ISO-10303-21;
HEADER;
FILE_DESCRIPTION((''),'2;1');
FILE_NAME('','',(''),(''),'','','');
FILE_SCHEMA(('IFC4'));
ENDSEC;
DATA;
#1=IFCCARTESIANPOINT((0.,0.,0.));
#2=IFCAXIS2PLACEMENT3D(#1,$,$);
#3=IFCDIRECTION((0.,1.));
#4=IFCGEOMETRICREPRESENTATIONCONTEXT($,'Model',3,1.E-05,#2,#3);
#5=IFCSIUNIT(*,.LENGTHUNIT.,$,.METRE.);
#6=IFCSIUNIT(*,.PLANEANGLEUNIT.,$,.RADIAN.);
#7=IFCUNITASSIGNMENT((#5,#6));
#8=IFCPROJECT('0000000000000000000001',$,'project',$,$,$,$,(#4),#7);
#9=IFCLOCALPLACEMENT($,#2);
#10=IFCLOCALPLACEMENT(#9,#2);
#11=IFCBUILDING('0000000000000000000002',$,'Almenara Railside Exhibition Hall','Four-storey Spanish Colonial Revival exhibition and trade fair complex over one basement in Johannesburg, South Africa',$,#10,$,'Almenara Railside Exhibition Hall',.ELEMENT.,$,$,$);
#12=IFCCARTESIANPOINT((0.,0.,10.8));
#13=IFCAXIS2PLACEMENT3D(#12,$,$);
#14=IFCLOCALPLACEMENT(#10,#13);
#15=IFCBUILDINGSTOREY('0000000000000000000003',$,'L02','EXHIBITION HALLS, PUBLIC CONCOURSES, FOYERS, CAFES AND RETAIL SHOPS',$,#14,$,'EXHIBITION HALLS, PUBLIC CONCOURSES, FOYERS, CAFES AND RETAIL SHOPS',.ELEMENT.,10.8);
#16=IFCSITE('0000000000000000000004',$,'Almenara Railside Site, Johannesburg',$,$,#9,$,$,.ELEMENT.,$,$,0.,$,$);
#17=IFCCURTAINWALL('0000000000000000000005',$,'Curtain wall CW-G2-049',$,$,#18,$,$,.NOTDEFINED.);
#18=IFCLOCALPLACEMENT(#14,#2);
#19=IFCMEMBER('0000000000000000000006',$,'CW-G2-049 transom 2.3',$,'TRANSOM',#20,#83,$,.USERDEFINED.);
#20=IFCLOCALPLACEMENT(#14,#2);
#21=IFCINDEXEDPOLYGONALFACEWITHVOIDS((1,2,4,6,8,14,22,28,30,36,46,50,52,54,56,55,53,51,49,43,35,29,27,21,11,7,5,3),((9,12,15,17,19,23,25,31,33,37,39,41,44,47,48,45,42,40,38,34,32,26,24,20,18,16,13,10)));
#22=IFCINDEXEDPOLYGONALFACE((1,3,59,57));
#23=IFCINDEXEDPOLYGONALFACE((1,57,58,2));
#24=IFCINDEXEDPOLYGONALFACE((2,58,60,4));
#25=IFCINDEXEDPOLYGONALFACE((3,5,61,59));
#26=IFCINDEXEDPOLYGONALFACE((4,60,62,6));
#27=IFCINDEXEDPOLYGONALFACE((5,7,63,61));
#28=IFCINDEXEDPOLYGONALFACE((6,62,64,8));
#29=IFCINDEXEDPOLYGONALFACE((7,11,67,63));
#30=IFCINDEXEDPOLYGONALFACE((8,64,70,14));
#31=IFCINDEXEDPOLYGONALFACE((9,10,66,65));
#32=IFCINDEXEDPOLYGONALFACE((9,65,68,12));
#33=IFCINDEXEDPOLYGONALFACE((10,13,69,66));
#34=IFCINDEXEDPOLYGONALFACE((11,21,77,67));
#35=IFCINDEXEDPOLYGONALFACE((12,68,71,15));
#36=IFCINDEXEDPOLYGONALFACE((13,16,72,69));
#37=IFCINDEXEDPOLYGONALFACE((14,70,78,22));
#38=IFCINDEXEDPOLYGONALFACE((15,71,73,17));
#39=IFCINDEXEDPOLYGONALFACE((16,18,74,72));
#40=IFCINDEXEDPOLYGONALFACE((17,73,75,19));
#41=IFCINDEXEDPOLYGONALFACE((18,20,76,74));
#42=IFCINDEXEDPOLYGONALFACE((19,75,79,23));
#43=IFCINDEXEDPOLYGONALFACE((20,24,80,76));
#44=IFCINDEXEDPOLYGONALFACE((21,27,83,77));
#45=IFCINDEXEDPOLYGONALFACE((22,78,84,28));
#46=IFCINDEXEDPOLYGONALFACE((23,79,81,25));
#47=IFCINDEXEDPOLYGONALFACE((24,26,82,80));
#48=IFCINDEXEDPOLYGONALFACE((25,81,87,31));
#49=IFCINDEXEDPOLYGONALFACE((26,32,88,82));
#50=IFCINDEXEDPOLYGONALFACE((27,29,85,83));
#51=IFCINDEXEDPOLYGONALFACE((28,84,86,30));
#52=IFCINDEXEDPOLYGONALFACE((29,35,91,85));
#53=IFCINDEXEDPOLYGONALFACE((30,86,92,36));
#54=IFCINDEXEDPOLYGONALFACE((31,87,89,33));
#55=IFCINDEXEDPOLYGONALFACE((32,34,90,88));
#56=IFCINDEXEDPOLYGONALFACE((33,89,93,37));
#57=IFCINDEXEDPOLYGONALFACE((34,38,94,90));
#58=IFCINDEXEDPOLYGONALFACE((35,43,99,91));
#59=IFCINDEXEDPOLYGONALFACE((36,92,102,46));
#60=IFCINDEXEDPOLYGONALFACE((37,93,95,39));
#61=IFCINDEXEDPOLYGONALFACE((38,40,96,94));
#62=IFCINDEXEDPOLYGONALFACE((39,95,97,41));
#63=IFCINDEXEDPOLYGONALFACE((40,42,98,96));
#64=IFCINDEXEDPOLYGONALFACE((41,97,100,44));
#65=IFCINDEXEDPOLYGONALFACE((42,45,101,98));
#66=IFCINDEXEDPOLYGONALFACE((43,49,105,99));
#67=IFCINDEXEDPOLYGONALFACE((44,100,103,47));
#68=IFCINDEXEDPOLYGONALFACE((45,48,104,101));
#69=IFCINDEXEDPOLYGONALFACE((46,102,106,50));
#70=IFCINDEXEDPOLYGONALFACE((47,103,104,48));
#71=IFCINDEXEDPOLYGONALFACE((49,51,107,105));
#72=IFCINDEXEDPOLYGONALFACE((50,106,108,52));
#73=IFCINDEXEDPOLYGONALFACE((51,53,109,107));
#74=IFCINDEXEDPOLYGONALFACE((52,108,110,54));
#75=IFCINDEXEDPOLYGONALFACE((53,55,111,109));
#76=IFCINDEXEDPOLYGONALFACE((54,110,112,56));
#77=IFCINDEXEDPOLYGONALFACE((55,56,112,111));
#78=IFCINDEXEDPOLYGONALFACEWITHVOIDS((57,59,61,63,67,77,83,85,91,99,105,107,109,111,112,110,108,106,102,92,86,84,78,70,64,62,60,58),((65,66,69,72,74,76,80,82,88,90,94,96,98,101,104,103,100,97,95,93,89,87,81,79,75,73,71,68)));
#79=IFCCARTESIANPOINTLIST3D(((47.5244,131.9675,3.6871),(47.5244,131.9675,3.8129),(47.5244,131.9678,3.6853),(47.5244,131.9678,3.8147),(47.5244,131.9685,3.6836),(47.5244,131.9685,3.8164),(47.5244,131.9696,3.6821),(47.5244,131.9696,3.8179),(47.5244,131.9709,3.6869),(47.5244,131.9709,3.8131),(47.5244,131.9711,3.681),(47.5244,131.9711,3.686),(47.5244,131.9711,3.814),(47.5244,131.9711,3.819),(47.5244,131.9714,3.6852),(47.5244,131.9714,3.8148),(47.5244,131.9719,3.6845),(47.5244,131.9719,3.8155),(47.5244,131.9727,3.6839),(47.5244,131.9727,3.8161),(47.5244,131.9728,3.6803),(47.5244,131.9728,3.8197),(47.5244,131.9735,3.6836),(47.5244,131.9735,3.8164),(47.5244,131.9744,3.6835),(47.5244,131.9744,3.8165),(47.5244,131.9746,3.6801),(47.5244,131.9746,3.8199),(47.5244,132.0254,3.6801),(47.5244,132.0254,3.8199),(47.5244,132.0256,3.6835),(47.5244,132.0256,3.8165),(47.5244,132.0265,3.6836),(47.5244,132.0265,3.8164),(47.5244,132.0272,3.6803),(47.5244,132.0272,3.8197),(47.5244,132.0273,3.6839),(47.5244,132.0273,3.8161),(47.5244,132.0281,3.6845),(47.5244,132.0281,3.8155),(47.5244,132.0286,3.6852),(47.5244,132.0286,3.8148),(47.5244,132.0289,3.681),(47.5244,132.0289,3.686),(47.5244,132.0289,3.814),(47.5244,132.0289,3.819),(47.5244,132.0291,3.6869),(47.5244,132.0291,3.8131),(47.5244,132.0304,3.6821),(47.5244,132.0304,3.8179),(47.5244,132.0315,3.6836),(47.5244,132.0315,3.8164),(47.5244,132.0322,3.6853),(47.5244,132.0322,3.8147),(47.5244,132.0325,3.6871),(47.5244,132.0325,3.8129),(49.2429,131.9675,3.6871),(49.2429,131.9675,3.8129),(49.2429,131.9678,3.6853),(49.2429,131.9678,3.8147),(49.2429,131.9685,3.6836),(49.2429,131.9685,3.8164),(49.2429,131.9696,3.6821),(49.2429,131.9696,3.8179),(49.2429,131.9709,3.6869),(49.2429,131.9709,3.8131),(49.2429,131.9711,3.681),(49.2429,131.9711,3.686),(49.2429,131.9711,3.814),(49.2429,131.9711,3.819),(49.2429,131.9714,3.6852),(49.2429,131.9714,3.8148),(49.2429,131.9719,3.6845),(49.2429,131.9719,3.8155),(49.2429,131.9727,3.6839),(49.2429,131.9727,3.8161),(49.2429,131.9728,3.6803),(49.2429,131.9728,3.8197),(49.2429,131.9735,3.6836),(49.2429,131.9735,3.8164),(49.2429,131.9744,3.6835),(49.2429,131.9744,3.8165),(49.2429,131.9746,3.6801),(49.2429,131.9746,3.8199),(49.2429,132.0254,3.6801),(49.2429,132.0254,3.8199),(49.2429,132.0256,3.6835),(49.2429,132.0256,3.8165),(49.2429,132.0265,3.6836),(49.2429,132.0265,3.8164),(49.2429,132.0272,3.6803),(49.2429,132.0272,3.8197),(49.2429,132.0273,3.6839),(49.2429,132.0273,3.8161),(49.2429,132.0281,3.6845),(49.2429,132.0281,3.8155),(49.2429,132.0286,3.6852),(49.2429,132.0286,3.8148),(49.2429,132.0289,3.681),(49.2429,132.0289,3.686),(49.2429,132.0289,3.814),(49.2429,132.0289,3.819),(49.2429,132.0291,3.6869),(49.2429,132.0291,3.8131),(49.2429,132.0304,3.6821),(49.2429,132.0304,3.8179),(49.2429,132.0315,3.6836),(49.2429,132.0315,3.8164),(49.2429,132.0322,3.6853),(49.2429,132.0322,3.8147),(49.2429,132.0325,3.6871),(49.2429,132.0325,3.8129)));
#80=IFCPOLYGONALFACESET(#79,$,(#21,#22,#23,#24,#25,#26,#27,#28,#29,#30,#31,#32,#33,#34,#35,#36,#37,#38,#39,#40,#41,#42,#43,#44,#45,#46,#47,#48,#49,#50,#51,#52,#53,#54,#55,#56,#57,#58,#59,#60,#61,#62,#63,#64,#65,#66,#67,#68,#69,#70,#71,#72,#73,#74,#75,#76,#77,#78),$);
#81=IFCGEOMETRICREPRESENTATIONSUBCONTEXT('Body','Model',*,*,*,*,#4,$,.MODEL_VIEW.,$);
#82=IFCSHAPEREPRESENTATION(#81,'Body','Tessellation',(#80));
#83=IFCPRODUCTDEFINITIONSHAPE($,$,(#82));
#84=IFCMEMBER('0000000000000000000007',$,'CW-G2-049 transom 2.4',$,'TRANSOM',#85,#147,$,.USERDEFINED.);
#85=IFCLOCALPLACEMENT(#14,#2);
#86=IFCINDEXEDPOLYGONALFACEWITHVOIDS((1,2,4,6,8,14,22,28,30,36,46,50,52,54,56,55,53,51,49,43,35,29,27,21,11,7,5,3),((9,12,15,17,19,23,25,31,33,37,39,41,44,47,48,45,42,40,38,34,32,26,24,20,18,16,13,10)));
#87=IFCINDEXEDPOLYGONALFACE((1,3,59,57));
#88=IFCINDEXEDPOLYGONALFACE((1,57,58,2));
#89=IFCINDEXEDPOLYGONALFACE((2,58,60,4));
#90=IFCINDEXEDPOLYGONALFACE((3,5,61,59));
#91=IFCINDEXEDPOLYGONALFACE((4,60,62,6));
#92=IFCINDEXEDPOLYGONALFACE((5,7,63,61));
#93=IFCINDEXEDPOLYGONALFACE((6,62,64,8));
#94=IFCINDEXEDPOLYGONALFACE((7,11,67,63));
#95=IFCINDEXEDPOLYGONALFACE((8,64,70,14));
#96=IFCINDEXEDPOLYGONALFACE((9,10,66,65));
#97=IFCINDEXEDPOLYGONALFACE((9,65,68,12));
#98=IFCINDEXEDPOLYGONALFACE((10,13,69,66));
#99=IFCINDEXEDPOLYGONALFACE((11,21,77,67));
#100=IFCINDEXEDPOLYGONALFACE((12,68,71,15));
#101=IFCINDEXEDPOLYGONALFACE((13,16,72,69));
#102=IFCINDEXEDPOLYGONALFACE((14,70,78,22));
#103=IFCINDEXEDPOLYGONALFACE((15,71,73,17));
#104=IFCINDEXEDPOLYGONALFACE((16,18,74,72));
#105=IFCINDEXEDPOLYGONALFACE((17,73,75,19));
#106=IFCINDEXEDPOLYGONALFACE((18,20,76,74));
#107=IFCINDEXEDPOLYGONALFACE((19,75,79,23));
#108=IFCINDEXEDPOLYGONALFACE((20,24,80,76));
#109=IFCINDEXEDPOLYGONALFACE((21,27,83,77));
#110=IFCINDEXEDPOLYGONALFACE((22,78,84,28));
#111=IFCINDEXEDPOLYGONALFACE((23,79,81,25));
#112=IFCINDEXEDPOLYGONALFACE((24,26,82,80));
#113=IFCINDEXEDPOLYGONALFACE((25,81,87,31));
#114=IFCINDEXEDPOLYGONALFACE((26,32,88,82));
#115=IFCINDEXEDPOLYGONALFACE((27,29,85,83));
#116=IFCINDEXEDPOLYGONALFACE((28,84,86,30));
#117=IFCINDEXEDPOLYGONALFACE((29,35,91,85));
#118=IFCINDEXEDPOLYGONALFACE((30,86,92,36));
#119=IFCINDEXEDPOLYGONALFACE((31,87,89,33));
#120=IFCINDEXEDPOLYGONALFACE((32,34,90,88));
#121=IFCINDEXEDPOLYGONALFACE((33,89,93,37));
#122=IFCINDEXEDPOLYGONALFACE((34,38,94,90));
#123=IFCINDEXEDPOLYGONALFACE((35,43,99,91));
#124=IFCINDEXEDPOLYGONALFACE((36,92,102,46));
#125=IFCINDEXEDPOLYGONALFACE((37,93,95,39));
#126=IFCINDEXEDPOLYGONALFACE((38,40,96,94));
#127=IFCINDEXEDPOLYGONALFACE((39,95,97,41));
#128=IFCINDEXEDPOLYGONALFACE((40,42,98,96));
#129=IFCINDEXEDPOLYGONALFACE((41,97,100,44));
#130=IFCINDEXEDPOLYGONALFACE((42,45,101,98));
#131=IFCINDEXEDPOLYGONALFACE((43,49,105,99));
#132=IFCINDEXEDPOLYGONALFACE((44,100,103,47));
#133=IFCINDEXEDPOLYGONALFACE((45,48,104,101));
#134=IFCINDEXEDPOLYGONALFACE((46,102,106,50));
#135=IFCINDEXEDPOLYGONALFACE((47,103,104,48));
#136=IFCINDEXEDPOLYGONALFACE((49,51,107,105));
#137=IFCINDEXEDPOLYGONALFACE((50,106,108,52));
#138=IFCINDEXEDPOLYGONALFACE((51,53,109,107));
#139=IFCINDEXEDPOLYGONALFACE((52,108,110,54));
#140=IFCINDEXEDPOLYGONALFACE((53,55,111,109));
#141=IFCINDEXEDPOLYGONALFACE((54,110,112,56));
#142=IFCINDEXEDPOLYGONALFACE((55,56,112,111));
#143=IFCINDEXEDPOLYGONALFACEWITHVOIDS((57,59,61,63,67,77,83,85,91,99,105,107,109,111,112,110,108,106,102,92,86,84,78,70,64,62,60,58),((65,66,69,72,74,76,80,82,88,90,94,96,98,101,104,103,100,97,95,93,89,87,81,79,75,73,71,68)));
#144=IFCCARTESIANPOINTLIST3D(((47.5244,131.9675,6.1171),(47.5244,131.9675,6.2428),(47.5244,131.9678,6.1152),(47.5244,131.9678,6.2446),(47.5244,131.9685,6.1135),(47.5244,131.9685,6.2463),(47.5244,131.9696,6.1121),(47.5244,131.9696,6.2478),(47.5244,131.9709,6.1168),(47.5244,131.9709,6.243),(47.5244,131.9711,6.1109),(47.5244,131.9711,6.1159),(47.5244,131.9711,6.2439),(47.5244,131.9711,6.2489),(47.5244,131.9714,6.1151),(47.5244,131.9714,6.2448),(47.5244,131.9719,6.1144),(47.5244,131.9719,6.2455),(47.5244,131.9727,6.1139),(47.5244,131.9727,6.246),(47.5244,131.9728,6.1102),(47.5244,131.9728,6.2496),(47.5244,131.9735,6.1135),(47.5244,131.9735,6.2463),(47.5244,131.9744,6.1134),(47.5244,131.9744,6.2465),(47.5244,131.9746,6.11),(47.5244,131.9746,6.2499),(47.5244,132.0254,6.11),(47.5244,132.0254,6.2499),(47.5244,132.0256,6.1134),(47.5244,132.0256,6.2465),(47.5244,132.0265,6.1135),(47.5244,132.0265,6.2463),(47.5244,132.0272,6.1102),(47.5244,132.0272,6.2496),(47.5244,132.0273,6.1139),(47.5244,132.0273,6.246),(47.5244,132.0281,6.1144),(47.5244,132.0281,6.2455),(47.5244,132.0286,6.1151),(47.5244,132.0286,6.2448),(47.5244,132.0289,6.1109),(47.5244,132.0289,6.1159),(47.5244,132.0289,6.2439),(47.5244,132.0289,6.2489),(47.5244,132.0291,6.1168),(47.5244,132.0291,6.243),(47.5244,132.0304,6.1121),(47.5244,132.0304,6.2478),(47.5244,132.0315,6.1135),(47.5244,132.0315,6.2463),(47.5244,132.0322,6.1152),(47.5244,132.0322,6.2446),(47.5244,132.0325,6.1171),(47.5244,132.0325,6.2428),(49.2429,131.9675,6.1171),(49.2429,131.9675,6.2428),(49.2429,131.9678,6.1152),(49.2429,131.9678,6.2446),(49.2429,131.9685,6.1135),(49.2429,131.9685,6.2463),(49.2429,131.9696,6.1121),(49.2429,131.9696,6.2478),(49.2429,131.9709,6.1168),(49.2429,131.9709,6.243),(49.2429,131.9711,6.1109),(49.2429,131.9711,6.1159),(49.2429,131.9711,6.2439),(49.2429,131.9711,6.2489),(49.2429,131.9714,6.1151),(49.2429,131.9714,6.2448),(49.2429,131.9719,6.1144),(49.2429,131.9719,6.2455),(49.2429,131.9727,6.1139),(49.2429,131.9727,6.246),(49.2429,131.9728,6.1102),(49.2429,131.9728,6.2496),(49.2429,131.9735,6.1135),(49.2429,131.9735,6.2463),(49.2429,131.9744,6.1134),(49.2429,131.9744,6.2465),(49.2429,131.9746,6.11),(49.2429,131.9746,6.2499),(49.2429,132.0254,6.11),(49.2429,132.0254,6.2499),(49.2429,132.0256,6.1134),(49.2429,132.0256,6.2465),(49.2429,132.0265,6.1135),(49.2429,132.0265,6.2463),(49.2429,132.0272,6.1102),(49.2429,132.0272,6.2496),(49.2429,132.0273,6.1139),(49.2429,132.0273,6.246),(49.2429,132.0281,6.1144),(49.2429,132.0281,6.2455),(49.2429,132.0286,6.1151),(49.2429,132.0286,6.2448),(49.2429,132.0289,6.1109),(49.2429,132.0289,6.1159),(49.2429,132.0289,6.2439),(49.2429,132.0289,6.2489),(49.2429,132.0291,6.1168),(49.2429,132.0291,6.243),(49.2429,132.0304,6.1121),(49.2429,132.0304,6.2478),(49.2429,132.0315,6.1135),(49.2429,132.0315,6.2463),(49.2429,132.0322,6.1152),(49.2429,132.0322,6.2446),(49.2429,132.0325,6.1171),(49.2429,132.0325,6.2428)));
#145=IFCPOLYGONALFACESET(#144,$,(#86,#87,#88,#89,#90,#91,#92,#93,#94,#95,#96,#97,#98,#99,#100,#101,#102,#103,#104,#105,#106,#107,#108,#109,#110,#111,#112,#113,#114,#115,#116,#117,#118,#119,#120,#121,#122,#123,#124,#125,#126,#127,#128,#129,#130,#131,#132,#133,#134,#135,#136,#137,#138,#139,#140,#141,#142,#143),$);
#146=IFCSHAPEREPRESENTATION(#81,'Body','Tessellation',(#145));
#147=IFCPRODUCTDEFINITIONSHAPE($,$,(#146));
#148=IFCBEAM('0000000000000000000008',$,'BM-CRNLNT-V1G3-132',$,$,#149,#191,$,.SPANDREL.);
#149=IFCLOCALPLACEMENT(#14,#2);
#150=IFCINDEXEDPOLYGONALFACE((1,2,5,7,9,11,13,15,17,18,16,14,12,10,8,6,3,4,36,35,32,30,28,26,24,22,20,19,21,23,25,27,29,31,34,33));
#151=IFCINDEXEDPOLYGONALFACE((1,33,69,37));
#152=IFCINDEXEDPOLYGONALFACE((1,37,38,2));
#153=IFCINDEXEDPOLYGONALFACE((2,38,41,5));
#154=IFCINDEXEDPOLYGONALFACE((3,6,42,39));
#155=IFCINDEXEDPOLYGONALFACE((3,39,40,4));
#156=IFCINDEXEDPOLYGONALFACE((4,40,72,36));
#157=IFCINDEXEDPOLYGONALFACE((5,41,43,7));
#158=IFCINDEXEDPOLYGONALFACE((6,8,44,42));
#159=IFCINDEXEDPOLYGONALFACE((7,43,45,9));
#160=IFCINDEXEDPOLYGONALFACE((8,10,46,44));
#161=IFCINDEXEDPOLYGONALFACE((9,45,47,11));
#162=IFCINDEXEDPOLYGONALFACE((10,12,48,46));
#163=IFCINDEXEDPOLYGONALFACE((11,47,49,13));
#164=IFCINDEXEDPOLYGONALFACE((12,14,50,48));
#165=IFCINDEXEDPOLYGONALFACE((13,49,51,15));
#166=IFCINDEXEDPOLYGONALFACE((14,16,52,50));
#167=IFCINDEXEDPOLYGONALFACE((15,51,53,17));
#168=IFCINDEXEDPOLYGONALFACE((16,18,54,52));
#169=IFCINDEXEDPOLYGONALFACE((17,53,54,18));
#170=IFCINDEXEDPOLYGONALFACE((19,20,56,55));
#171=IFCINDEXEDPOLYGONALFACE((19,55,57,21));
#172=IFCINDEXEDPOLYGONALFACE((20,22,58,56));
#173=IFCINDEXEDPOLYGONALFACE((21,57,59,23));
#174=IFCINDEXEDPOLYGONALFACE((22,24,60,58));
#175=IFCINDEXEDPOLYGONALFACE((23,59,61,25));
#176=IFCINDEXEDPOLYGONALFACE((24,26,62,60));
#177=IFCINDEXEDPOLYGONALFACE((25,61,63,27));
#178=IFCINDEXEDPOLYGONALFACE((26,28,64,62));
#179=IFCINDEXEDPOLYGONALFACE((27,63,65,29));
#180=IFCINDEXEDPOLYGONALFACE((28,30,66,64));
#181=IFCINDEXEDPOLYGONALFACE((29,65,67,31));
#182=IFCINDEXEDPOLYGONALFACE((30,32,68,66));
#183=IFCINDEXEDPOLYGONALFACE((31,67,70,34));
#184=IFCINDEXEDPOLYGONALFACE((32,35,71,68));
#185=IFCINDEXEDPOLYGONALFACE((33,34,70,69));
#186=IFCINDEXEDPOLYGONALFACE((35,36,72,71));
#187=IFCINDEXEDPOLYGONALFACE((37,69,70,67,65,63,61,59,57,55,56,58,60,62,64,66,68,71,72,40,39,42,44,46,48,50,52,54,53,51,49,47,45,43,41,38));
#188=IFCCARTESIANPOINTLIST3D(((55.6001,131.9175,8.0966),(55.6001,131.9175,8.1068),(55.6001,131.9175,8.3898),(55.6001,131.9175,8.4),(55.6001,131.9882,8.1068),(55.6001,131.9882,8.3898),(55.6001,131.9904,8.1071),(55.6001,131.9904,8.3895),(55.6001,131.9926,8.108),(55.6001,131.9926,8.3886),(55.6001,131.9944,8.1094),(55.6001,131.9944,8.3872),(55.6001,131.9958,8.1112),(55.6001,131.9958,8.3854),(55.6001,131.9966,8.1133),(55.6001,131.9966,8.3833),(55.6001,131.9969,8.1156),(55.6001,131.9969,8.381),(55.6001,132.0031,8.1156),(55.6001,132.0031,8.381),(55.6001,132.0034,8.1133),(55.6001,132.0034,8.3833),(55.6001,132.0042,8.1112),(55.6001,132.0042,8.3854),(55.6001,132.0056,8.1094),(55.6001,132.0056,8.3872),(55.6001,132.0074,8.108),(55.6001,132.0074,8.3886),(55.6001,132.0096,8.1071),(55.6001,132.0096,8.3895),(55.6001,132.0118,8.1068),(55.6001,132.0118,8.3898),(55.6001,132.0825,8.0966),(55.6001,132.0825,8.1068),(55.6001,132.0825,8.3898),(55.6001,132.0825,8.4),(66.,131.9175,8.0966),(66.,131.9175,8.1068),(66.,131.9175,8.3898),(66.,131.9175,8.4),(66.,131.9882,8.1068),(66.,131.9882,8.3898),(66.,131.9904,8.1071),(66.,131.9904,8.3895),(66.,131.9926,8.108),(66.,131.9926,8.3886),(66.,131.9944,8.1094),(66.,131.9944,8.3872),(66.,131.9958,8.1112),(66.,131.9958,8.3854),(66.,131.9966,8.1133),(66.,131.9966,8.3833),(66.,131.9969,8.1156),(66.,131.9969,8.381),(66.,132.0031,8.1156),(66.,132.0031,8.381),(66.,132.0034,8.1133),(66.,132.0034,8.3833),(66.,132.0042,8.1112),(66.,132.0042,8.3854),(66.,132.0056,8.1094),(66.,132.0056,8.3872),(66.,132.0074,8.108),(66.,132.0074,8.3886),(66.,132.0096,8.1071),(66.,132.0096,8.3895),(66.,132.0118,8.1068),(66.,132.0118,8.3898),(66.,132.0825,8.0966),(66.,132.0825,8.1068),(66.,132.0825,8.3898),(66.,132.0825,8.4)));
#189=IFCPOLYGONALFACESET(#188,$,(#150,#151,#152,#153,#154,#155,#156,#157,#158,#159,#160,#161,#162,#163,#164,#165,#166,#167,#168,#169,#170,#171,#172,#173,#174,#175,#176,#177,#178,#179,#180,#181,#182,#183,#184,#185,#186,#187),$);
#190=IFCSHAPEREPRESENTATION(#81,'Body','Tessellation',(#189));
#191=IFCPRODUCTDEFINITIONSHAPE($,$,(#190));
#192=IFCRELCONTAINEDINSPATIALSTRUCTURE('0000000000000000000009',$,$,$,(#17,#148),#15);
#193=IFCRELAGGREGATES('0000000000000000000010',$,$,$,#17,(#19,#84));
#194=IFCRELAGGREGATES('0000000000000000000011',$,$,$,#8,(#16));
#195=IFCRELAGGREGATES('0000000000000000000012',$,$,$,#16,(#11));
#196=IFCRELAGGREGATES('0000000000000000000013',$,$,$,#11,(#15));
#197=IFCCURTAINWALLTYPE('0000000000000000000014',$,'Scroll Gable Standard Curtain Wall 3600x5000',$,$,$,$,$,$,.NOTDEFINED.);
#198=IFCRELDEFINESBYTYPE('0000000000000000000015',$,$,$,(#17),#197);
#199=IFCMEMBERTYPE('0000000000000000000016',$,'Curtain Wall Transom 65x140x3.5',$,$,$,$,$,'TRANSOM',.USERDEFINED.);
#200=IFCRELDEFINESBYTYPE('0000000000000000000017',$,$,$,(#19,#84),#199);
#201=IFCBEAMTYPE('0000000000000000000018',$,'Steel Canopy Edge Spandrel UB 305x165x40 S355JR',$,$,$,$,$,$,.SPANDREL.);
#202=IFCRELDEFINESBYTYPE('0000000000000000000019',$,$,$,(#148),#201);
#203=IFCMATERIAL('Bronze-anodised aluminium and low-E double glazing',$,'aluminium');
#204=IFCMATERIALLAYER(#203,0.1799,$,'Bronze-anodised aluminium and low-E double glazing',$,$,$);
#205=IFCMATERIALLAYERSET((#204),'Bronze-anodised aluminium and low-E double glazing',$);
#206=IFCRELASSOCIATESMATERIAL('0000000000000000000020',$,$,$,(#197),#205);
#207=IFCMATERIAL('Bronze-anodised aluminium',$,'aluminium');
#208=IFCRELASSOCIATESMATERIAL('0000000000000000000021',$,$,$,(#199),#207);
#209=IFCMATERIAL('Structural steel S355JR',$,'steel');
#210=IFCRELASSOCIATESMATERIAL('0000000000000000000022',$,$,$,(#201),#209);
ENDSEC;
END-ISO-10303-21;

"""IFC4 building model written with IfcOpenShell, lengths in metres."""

from ifc_helpers import new_model, si_unit, direction, frame, origin, origin_2d, place, context, subcontext, project, spatial, hollow_rectangle, i_section, extrude, material, layer, layer_set, material_profile, profile_set, type_object, element, aggregate, save


model = new_model("IFC4")

# Units and contexts
model_context = context("Model", 3, precision=1e-05, world=origin(), true_north=direction((0.0, 1.0)))
body_context = subcontext(model_context, "Body", "Model", "MODEL_VIEW")
ifc_project = project(units=[si_unit("LENGTHUNIT", "METRE"), si_unit("PLANEANGLEUNIT", "RADIAN")], contexts=[model_context])

# Site, building, storey
site_placement = place(None, origin())
site = spatial("IfcSite", under=ifc_project, at=site_placement, Name="Almenara Railside Site, Johannesburg", CompositionType="ELEMENT", RefElevation=0.0)
building_placement = place(site_placement, origin())
building = spatial("IfcBuilding", under=site, at=building_placement, Name="Almenara Railside Exhibition Hall", Description="Four-storey Spanish Colonial Revival exhibition and trade fair complex over one basement in Johannesburg, South Africa", LongName="Almenara Railside Exhibition Hall", CompositionType="ELEMENT")
storey_placement = place(building_placement, frame((0.0, 0.0, 10.8)))
storey = spatial("IfcBuildingStorey", under=building, at=storey_placement, Name="L02", Description="EXHIBITION HALLS, PUBLIC CONCOURSES, FOYERS, CAFES AND RETAIL SHOPS", LongName="EXHIBITION HALLS, PUBLIC CONCOURSES, FOYERS, CAFES AND RETAIL SHOPS", CompositionType="ELEMENT", Elevation=10.8)

# Shared definitions
ifc_material_1 = material(Name="Structural steel S355JR", Category="steel")

# Curtain wall
ifc_material_2 = material(Name="Bronze-anodised aluminium and low-E double glazing", Category="aluminium")
ifc_layer_1 = layer(ifc_material_2, 0.1799, Name="Bronze-anodised aluminium and low-E double glazing")
ifc_layer_set_1 = layer_set([ifc_layer_1], Name="Bronze-anodised aluminium and low-E double glazing")
curtain_wall_type_1 = type_object("IfcCurtainWallType", Name="Scroll Gable Standard Curtain Wall 3600x5000", PredefinedType="NOTDEFINED", material=ifc_layer_set_1)
ifc_material_3 = material(Name="Bronze-anodised aluminium", Category="aluminium")
curtain_wall_1_placement = place(storey_placement, origin())
curtain_wall_1 = element("IfcCurtainWall", 1, at=curtain_wall_1_placement, inside=storey, type_object=curtain_wall_type_1, Name="Curtain wall CW-G2-049", PredefinedType="NOTDEFINED")

# Members
ifc_material_profile_1 = material_profile(ifc_material_3, hollow_rectangle(XDim=0.0649, YDim=0.1399, WallThickness=0.0034, InnerFilletRadius=0.0034, OuterFilletRadius=0.0071, at=origin_2d()), Name="ALU-TRN 65x140x3.5")
ifc_profile_set_1 = profile_set([ifc_material_profile_1], Name="Bronze-anodised aluminium")
member_type_1 = type_object("IfcMemberType", Name="Curtain Wall Transom 65x140x3.5", ElementType="TRANSOM", PredefinedType="USERDEFINED", material=ifc_profile_set_1)
member_1_placement = place(storey_placement, frame((47.5244, 132.0, 3.75), z_axis=(1.0, 0.0, 0.0), x_axis=(0.0, 1.0, 0.0)))
member_1 = element("IfcMember", 2, at=member_1_placement, type_object=member_type_1, Name="CW-G2-049 transom 2.3", ObjectType="TRANSOM", PredefinedType="USERDEFINED", context=body_context, shape_type="SweptSolid", body=[
    extrude(hollow_rectangle(XDim=0.0649, YDim=0.1399, WallThickness=0.0034, InnerFilletRadius=0.0034, OuterFilletRadius=0.0071, at=origin_2d()), origin(), (0.0, 0.0, 1.0), 1.7185),
])
member_2_placement = place(storey_placement, frame((47.5244, 132.0, 6.1799), z_axis=(1.0, 0.0, 0.0), x_axis=(0.0, 1.0, 0.0)))
member_2 = element("IfcMember", 3, at=member_2_placement, type_object=member_type_1, Name="CW-G2-049 transom 2.4", ObjectType="TRANSOM", PredefinedType="USERDEFINED", context=body_context, shape_type="SweptSolid", body=[
    extrude(hollow_rectangle(XDim=0.0649, YDim=0.1399, WallThickness=0.0034, InnerFilletRadius=0.0034, OuterFilletRadius=0.0071, at=origin_2d()), origin(), (0.0, 0.0, 1.0), 1.7185),
])

# Beam
ifc_material_profile_2 = material_profile(ifc_material_1, i_section(OverallWidth=0.165, OverallDepth=0.3035, WebThickness=0.0061, FlangeThickness=0.0103, FilletRadius=0.0088, at=origin_2d()), Name="UB 305x165x40")
ifc_profile_set_2 = profile_set([ifc_material_profile_2], Name="Structural steel S355JR")
beam_type = type_object("IfcBeamType", Name="Steel Canopy Edge Spandrel UB 305x165x40 S355JR", PredefinedType="SPANDREL", material=ifc_profile_set_2)
beam_placement = place(storey_placement, frame((55.6001, 132.0, 8.2483), z_axis=(1.0, 0.0, 0.0), x_axis=(0.0, 1.0, 0.0)))
element("IfcBeam", 4, at=beam_placement, inside=storey, type_object=beam_type, Name="BM-CRNLNT-V1G3-132", PredefinedType="SPANDREL", context=body_context, shape_type="SweptSolid", body=[
    extrude(i_section(OverallWidth=0.165, OverallDepth=0.3035, WebThickness=0.0061, FlangeThickness=0.0103, FilletRadius=0.0088, at=origin_2d()), origin(), (0.0, 0.0, 1.0), 10.3999),
])

aggregate(curtain_wall_1, [member_1, member_2])

save(model, "model.ifc")
